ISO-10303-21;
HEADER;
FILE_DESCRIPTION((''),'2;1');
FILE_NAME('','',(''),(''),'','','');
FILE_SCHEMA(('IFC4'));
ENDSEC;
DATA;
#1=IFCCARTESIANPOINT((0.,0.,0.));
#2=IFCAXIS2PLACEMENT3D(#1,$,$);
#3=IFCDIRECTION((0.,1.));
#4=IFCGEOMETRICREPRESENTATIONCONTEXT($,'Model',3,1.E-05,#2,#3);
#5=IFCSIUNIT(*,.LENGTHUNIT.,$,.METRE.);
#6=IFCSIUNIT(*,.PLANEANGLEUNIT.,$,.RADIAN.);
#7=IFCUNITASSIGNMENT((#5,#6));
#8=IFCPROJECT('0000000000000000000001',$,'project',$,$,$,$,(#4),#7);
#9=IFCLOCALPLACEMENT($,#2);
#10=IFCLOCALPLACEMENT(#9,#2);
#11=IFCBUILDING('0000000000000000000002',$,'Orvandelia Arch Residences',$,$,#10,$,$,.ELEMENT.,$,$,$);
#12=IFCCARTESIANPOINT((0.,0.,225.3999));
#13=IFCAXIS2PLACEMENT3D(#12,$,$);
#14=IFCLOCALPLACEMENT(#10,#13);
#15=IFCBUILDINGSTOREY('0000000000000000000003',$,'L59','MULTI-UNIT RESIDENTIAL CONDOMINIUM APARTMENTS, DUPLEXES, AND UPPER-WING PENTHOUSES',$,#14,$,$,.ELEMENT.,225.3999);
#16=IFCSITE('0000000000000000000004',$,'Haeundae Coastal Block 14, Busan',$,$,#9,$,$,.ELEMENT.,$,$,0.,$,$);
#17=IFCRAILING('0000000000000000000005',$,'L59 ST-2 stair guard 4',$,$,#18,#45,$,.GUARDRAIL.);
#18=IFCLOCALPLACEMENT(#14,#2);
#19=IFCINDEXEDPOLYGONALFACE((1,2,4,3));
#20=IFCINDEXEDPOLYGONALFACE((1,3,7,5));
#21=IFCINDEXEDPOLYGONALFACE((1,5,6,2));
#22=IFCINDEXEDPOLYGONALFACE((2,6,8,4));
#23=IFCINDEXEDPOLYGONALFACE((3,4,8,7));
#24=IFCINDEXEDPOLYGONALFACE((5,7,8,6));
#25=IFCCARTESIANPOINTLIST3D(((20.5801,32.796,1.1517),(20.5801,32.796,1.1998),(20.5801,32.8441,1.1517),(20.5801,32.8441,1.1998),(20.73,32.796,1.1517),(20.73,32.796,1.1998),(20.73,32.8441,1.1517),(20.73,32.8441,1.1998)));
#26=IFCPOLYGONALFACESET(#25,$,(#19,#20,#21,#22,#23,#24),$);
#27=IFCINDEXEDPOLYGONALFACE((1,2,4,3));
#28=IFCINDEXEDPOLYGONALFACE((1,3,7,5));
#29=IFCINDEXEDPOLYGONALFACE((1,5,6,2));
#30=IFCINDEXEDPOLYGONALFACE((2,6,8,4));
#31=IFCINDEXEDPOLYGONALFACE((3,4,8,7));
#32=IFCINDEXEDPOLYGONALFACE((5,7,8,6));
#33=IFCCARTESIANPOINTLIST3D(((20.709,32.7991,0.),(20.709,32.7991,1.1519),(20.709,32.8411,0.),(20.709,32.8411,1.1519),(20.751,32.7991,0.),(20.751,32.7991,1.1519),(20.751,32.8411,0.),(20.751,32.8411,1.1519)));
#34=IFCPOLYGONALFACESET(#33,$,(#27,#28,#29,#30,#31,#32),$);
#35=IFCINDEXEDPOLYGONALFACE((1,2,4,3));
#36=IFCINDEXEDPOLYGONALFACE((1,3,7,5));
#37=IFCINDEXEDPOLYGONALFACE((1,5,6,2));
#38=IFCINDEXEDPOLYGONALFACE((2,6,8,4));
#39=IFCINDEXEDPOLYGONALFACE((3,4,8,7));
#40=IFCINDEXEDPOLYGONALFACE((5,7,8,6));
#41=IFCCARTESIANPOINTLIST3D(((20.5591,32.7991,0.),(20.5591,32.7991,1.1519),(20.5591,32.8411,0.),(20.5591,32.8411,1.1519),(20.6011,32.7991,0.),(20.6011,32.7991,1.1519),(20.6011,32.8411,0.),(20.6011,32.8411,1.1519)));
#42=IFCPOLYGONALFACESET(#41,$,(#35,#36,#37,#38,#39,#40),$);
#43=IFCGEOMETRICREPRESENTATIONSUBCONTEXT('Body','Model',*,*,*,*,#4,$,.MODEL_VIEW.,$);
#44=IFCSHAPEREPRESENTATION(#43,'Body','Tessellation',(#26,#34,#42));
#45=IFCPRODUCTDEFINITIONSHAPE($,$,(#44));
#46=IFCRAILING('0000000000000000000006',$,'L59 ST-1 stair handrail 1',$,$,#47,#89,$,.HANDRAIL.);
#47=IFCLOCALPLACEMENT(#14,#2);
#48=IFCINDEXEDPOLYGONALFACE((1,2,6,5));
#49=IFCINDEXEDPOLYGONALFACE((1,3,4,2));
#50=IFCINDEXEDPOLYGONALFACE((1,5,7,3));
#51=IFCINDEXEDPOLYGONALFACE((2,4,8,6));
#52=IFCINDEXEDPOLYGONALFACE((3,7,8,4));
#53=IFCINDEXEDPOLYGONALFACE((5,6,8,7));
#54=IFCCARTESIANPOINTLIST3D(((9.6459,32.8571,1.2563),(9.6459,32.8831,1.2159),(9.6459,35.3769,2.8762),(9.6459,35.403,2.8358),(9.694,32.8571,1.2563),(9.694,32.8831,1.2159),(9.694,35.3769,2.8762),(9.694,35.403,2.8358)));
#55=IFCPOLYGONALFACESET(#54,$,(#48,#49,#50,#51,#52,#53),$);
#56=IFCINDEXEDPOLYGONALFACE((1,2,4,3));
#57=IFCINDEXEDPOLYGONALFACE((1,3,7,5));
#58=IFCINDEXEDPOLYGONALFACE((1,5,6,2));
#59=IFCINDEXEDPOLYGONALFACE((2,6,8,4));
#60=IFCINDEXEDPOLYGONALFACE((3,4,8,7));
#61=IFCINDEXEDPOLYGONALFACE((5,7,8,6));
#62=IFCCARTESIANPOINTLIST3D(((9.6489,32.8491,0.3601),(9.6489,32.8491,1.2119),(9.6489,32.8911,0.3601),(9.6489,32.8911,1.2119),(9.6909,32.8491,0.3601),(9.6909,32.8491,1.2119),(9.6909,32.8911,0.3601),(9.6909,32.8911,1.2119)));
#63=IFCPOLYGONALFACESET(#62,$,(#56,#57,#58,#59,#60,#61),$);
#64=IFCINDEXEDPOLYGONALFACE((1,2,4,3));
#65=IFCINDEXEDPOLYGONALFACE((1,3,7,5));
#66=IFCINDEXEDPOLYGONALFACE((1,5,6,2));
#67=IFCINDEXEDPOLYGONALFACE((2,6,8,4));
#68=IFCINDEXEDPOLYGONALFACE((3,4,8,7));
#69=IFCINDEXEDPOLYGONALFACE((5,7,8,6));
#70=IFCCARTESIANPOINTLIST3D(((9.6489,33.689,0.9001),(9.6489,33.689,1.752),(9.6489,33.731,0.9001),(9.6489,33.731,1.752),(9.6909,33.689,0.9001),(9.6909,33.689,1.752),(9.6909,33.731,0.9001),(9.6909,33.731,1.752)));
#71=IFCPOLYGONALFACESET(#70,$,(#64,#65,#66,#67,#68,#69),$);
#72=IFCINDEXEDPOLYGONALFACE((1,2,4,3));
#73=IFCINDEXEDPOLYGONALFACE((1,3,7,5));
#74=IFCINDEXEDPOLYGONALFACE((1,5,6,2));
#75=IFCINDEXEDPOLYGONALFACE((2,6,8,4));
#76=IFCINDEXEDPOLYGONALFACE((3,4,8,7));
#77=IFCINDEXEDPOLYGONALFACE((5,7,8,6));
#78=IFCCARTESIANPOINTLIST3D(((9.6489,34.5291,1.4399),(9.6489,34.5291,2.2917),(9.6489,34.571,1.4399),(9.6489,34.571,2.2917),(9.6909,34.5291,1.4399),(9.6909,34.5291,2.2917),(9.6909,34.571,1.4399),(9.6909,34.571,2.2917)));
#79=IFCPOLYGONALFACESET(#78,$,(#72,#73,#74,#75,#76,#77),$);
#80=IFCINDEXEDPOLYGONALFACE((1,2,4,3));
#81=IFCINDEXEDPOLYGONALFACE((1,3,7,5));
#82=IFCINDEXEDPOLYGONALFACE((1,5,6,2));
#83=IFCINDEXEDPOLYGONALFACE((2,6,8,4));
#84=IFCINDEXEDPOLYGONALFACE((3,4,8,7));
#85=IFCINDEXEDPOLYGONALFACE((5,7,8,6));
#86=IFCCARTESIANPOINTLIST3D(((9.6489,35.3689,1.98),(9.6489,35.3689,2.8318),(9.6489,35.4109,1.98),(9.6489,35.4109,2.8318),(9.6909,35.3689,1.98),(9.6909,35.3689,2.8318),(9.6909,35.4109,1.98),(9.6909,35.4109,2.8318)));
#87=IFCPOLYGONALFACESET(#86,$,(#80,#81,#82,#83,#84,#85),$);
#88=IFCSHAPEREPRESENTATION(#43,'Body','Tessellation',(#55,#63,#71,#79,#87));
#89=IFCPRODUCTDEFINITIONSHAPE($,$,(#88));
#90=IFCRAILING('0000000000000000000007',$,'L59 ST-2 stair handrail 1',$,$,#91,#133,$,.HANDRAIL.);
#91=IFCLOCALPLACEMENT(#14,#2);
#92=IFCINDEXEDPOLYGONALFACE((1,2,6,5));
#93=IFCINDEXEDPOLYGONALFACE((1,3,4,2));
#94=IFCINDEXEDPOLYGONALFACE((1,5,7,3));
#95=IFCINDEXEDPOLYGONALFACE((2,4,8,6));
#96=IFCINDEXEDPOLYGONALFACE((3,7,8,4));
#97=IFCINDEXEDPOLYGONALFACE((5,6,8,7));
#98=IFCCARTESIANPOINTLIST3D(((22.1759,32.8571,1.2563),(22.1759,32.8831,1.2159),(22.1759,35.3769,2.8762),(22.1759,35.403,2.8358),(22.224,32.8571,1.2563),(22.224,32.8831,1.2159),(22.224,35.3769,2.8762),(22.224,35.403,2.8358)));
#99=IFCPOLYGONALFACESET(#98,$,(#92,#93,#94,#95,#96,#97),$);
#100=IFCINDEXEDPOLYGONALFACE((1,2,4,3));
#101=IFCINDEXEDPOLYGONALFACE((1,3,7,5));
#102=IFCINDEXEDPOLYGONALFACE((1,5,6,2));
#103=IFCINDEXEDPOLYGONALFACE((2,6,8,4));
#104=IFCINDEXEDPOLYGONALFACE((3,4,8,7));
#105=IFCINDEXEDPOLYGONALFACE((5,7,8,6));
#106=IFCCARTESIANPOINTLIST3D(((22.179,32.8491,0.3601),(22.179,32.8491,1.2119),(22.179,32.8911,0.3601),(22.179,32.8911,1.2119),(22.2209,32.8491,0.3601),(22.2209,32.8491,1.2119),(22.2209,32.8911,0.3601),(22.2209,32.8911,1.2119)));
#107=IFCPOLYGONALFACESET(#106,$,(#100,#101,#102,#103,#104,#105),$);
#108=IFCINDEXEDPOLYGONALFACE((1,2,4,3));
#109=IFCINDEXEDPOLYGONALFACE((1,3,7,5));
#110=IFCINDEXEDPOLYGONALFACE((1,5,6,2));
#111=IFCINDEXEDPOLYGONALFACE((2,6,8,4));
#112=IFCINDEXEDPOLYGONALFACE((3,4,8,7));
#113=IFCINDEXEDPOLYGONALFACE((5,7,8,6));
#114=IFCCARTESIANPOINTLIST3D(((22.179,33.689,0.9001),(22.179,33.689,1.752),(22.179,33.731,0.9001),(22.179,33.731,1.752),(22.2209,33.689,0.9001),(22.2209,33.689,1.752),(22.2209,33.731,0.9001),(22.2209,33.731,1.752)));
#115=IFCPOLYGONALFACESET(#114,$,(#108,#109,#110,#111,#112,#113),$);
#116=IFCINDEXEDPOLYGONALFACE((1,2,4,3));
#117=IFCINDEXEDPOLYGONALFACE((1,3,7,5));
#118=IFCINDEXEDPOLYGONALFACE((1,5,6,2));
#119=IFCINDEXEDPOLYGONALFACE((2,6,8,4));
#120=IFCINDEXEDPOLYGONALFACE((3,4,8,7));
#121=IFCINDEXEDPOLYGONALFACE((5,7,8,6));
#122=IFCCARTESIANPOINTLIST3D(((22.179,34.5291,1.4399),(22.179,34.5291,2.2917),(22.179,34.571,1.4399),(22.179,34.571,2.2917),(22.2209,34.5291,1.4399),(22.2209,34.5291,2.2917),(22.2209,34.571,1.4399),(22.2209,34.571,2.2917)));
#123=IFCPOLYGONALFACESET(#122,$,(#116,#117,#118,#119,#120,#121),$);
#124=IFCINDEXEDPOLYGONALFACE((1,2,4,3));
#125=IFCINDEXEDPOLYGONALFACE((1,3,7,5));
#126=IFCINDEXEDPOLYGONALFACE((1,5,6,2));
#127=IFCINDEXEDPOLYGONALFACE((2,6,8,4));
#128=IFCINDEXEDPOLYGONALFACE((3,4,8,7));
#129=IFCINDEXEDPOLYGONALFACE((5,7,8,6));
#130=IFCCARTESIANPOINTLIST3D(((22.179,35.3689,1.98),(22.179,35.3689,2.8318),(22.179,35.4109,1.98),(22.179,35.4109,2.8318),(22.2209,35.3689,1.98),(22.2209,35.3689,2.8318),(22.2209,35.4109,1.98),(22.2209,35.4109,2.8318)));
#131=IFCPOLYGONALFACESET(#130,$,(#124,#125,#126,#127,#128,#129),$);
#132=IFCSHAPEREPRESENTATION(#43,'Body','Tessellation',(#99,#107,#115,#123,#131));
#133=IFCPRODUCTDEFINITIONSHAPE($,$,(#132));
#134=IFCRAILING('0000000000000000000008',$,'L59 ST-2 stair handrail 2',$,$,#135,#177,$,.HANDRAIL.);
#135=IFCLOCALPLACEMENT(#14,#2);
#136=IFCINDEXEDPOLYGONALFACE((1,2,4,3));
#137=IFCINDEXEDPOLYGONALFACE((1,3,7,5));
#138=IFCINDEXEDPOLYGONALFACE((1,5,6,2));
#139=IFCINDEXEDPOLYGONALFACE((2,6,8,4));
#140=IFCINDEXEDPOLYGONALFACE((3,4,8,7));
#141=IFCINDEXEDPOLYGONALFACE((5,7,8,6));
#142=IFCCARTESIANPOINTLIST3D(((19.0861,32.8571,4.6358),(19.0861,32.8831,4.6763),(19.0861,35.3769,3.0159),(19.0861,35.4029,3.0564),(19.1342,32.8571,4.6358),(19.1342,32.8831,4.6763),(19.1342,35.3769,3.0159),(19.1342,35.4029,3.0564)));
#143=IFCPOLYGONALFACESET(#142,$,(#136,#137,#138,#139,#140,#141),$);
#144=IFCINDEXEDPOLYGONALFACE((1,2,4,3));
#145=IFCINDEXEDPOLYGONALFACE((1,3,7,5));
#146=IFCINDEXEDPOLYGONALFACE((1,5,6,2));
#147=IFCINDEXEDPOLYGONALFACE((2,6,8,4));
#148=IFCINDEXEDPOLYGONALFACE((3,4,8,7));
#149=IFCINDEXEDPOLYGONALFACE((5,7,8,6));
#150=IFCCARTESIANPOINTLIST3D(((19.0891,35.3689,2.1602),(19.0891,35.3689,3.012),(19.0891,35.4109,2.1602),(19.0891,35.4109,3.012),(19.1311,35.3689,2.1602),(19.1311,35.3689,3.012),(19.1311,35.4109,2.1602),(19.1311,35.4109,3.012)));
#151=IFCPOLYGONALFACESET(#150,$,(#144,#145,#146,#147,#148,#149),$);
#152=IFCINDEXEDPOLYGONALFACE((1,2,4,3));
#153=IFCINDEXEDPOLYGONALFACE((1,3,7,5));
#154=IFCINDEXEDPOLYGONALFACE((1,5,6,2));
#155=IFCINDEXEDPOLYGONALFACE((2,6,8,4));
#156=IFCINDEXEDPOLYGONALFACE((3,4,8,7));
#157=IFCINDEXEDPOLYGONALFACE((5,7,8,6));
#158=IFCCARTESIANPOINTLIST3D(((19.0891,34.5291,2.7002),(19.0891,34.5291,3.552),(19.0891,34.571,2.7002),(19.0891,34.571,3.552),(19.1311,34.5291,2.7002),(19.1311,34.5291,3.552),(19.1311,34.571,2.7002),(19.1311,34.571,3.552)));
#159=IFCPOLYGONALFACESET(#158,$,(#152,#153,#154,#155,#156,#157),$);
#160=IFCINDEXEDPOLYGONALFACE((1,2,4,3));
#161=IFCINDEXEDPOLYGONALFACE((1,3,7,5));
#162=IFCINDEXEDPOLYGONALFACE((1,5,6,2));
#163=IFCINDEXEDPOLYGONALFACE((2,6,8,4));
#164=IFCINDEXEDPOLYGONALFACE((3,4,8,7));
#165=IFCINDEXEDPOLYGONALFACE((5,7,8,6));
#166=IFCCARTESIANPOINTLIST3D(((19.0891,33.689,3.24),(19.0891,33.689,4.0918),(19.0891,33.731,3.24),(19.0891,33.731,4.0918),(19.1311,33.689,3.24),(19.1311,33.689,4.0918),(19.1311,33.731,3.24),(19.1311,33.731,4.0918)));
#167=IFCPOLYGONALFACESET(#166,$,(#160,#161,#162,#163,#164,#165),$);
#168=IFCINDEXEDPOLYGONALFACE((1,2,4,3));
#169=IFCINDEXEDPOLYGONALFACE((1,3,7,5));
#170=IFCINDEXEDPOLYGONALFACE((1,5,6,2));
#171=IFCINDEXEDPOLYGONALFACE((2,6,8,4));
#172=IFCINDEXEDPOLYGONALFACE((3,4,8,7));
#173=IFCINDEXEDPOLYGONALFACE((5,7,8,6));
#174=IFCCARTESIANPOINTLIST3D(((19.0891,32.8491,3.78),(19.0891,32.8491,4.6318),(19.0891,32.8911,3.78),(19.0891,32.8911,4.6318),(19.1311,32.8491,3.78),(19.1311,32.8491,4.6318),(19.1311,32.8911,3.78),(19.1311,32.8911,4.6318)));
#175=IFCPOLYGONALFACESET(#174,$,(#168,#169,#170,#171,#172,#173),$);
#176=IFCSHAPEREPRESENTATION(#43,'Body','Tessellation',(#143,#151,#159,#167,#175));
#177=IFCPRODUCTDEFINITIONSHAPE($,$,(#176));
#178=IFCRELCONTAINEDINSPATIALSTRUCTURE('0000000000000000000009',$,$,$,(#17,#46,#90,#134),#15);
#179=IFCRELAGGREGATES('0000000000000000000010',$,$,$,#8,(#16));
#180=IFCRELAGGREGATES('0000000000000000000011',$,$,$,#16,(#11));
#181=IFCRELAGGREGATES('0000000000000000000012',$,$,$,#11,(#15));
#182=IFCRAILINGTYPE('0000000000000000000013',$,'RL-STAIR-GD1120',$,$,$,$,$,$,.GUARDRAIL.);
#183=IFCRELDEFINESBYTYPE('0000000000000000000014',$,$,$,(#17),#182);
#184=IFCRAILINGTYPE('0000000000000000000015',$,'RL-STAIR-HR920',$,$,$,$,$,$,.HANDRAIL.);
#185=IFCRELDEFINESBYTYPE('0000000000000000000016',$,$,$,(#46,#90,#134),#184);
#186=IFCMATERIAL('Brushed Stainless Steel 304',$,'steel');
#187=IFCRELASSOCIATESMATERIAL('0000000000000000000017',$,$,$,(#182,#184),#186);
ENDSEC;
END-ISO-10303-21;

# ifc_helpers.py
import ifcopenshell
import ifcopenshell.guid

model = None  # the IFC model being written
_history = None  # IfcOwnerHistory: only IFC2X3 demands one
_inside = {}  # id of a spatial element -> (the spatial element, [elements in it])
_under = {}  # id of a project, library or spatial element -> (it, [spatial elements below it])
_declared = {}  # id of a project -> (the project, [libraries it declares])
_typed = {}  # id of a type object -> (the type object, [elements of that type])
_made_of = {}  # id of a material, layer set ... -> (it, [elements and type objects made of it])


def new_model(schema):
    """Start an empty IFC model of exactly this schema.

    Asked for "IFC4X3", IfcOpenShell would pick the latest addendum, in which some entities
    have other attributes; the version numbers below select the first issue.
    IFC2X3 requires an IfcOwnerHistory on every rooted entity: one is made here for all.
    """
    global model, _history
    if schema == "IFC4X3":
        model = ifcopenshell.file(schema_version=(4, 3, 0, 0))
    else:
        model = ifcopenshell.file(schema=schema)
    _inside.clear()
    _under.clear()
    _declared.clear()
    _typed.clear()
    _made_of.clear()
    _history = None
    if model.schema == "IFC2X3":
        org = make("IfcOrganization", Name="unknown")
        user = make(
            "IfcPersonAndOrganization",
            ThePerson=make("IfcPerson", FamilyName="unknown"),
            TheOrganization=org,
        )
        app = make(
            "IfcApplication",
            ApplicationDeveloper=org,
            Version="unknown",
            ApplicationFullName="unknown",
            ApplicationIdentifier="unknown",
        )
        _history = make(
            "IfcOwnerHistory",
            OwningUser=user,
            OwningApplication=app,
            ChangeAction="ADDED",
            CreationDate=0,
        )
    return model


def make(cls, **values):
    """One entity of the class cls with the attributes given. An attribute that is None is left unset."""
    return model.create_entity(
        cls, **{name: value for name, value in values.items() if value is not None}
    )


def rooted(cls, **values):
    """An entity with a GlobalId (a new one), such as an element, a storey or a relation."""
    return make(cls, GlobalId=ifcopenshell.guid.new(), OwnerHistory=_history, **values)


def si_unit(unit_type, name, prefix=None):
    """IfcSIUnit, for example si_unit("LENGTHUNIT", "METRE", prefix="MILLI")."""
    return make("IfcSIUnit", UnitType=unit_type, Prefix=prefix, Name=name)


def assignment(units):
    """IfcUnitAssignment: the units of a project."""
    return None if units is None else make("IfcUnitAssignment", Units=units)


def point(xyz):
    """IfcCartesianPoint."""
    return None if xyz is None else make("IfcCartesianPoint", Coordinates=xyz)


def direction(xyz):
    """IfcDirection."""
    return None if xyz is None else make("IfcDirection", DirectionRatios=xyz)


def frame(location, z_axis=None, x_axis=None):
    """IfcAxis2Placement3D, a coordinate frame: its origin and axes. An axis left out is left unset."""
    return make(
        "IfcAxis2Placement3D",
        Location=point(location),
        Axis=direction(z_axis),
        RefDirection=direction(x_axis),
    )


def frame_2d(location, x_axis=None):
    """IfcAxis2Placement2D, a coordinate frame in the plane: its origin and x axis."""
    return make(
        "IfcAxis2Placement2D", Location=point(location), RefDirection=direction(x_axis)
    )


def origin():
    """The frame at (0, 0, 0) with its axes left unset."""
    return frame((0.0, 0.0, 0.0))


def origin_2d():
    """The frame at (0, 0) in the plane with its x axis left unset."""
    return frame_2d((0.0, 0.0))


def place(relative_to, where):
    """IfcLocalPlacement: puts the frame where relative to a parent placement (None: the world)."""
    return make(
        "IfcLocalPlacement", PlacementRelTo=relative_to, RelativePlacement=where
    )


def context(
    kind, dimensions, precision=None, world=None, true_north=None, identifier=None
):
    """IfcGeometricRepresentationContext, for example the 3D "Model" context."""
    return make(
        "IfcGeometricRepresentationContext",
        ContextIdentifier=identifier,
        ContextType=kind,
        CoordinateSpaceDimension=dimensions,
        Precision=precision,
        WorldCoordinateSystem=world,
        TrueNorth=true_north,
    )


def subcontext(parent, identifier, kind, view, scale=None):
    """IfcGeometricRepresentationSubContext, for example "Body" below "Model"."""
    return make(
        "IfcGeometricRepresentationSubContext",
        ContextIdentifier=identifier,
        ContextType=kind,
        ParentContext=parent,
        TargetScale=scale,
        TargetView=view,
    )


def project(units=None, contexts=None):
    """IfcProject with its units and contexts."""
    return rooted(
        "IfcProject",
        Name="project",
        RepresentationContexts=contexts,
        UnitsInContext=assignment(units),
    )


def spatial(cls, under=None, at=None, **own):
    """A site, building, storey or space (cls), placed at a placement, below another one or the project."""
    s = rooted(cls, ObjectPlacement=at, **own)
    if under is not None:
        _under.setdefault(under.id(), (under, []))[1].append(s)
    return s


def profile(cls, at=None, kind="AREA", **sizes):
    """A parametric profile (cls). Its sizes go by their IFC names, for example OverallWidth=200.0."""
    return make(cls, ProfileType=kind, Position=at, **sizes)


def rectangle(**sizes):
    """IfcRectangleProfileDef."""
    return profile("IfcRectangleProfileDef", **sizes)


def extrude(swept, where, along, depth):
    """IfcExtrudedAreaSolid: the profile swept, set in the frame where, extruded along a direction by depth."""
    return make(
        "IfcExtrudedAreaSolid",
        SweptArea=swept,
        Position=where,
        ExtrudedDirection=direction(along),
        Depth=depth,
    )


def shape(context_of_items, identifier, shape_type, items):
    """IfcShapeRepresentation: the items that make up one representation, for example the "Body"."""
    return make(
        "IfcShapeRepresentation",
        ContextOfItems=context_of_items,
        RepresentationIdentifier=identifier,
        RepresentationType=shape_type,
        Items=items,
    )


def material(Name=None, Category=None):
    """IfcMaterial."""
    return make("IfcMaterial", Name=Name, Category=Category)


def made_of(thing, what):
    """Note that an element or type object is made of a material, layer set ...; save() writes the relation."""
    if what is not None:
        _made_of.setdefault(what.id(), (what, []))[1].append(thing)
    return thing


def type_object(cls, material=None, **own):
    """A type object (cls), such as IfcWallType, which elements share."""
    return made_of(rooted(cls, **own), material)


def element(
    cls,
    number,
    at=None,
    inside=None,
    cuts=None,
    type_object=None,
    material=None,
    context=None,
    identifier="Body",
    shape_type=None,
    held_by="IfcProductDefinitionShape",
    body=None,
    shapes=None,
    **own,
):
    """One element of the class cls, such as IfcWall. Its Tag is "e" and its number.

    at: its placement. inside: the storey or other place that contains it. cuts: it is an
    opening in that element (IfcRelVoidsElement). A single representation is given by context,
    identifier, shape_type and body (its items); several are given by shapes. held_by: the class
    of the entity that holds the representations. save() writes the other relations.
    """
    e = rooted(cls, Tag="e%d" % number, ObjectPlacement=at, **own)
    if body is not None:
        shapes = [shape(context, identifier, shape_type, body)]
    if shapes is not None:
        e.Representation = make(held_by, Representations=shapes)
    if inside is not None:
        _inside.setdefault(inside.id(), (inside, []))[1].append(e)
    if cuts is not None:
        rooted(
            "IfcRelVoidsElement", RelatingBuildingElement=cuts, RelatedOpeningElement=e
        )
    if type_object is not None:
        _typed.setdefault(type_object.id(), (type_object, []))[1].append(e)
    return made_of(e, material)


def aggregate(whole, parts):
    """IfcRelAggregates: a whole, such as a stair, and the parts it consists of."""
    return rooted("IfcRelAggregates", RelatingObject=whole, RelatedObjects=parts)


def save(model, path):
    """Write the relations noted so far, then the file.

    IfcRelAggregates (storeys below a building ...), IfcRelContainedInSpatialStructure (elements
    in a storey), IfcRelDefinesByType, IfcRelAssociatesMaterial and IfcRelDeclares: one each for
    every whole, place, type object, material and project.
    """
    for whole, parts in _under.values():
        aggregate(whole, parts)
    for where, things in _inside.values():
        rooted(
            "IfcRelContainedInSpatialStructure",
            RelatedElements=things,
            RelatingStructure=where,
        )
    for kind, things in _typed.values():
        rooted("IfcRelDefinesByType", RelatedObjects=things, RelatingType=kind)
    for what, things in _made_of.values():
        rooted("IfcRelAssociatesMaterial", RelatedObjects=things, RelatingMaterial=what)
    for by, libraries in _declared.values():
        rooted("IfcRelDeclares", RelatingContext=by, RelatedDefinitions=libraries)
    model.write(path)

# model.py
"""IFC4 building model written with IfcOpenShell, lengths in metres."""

from ifc_helpers import new_model, si_unit, direction, frame, origin, origin_2d, place, context, subcontext, project, spatial, rectangle, extrude, material, type_object, element, save


model = new_model("IFC4")

# Units and contexts
model_context = context("Model", 3, precision=1e-05, world=origin(), true_north=direction((0.0, 1.0)))
body_context = subcontext(model_context, "Body", "Model", "MODEL_VIEW")
ifc_project = project(units=[si_unit("LENGTHUNIT", "METRE"), si_unit("PLANEANGLEUNIT", "RADIAN")], contexts=[model_context])

# Site, building, storey
site_placement = place(None, origin())
site = spatial("IfcSite", under=ifc_project, at=site_placement, Name="Haeundae Coastal Block 14, Busan", CompositionType="ELEMENT", RefElevation=0.0)
building_placement = place(site_placement, origin())
building = spatial("IfcBuilding", under=site, at=building_placement, Name="Orvandelia Arch Residences", CompositionType="ELEMENT")
storey_placement = place(building_placement, frame((0.0, 0.0, 225.3999)))
storey = spatial("IfcBuildingStorey", under=building, at=storey_placement, Name="L59", Description="MULTI-UNIT RESIDENTIAL CONDOMINIUM APARTMENTS, DUPLEXES, AND UPPER-WING PENTHOUSES", CompositionType="ELEMENT", Elevation=225.3999)

# Railings
ifc_material_1 = material(Name="Brushed Stainless Steel 304", Category="steel")
railing_type_1 = type_object("IfcRailingType", Name="RL-STAIR-GD1120", PredefinedType="GUARDRAIL", material=ifc_material_1)
railing_1_placement = place(storey_placement, frame((20.73, 32.8201, 0.0)))
element("IfcRailing", 1, at=railing_1_placement, inside=storey, type_object=railing_type_1, Name="L59 ST-2 stair guard 4", PredefinedType="GUARDRAIL", context=body_context, shape_type="SweptSolid", body=[
    extrude(rectangle(XDim=0.0481, YDim=0.0481, at=origin_2d()), frame((0.0, 0.0, 1.1758), z_axis=(-1.0, 0.0, 0.0), x_axis=(0.0, -1.0, 0.0)), (0.0, 0.0, 1.0), 0.1499),
    extrude(rectangle(XDim=0.042, YDim=0.042, at=origin_2d()), origin(), (0.0, 0.0, 1.0), 1.1519),
    extrude(rectangle(XDim=0.042, YDim=0.042, at=origin_2d()), frame((-0.1499, 0.0, 0.0)), (0.0, 0.0, 1.0), 1.1519),
])
railing_type_2 = type_object("IfcRailingType", Name="RL-STAIR-HR920", PredefinedType="HANDRAIL", material=ifc_material_1)
for number, where, name in (
    (2, (9.6699, 32.8701, 0.3601), "L59 ST-1 stair handrail 1"),
    (3, (22.2, 32.8701, 0.3601), "L59 ST-2 stair handrail 1"),
):
    element("IfcRailing", number, at=place(storey_placement, frame(where)), inside=storey, type_object=railing_type_2, Name=name, PredefinedType="HANDRAIL", context=body_context, shape_type="SweptSolid", body=[
        extrude(rectangle(XDim=0.0481, YDim=0.0481, at=origin_2d()), frame((0.0, 0.0, 0.876), z_axis=(0.0, 0.841176, 0.540762), x_axis=(-1.0, 0.0, 0.0)), (0.0, 0.0, 1.0), 2.9956),
        extrude(rectangle(XDim=0.042, YDim=0.042, at=origin_2d()), origin(), (0.0, 0.0, 1.0), 0.8518),
        extrude(rectangle(XDim=0.042, YDim=0.042, at=origin_2d()), frame((0.0, 0.8398, 0.54)), (0.0, 0.0, 1.0), 0.8518),
        extrude(rectangle(XDim=0.042, YDim=0.042, at=origin_2d()), frame((0.0, 1.6799, 1.0798)), (0.0, 0.0, 1.0), 0.8518),
        extrude(rectangle(XDim=0.042, YDim=0.042, at=origin_2d()), frame((0.0, 2.5198, 1.6199)), (0.0, 0.0, 1.0), 0.8518),
    ])
railing_2_placement = place(storey_placement, frame((19.1101, 35.3899, 2.1602)))
element("IfcRailing", 4, at=railing_2_placement, inside=storey, type_object=railing_type_2, Name="L59 ST-2 stair handrail 2", PredefinedType="HANDRAIL", context=body_context, shape_type="SweptSolid", body=[
    extrude(rectangle(XDim=0.0481, YDim=0.0481, at=origin_2d()), frame((0.0, 0.0, 0.876), z_axis=(0.0, -0.841176, 0.540762), x_axis=(1.0, 0.0, 0.0)), (0.0, 0.0, 1.0), 2.9956),
    extrude(rectangle(XDim=0.042, YDim=0.042, at=origin_2d()), origin(), (0.0, 0.0, 1.0), 0.8518),
    extrude(rectangle(XDim=0.042, YDim=0.042, at=origin_2d()), frame((0.0, -0.8398, 0.54)), (0.0, 0.0, 1.0), 0.8518),
    extrude(rectangle(XDim=0.042, YDim=0.042, at=origin_2d()), frame((0.0, -1.6799, 1.0798)), (0.0, 0.0, 1.0), 0.8518),
    extrude(rectangle(XDim=0.042, YDim=0.042, at=origin_2d()), frame((0.0, -2.5198, 1.6199)), (0.0, 0.0, 1.0), 0.8518),
])

save(model, "model.ifc")
